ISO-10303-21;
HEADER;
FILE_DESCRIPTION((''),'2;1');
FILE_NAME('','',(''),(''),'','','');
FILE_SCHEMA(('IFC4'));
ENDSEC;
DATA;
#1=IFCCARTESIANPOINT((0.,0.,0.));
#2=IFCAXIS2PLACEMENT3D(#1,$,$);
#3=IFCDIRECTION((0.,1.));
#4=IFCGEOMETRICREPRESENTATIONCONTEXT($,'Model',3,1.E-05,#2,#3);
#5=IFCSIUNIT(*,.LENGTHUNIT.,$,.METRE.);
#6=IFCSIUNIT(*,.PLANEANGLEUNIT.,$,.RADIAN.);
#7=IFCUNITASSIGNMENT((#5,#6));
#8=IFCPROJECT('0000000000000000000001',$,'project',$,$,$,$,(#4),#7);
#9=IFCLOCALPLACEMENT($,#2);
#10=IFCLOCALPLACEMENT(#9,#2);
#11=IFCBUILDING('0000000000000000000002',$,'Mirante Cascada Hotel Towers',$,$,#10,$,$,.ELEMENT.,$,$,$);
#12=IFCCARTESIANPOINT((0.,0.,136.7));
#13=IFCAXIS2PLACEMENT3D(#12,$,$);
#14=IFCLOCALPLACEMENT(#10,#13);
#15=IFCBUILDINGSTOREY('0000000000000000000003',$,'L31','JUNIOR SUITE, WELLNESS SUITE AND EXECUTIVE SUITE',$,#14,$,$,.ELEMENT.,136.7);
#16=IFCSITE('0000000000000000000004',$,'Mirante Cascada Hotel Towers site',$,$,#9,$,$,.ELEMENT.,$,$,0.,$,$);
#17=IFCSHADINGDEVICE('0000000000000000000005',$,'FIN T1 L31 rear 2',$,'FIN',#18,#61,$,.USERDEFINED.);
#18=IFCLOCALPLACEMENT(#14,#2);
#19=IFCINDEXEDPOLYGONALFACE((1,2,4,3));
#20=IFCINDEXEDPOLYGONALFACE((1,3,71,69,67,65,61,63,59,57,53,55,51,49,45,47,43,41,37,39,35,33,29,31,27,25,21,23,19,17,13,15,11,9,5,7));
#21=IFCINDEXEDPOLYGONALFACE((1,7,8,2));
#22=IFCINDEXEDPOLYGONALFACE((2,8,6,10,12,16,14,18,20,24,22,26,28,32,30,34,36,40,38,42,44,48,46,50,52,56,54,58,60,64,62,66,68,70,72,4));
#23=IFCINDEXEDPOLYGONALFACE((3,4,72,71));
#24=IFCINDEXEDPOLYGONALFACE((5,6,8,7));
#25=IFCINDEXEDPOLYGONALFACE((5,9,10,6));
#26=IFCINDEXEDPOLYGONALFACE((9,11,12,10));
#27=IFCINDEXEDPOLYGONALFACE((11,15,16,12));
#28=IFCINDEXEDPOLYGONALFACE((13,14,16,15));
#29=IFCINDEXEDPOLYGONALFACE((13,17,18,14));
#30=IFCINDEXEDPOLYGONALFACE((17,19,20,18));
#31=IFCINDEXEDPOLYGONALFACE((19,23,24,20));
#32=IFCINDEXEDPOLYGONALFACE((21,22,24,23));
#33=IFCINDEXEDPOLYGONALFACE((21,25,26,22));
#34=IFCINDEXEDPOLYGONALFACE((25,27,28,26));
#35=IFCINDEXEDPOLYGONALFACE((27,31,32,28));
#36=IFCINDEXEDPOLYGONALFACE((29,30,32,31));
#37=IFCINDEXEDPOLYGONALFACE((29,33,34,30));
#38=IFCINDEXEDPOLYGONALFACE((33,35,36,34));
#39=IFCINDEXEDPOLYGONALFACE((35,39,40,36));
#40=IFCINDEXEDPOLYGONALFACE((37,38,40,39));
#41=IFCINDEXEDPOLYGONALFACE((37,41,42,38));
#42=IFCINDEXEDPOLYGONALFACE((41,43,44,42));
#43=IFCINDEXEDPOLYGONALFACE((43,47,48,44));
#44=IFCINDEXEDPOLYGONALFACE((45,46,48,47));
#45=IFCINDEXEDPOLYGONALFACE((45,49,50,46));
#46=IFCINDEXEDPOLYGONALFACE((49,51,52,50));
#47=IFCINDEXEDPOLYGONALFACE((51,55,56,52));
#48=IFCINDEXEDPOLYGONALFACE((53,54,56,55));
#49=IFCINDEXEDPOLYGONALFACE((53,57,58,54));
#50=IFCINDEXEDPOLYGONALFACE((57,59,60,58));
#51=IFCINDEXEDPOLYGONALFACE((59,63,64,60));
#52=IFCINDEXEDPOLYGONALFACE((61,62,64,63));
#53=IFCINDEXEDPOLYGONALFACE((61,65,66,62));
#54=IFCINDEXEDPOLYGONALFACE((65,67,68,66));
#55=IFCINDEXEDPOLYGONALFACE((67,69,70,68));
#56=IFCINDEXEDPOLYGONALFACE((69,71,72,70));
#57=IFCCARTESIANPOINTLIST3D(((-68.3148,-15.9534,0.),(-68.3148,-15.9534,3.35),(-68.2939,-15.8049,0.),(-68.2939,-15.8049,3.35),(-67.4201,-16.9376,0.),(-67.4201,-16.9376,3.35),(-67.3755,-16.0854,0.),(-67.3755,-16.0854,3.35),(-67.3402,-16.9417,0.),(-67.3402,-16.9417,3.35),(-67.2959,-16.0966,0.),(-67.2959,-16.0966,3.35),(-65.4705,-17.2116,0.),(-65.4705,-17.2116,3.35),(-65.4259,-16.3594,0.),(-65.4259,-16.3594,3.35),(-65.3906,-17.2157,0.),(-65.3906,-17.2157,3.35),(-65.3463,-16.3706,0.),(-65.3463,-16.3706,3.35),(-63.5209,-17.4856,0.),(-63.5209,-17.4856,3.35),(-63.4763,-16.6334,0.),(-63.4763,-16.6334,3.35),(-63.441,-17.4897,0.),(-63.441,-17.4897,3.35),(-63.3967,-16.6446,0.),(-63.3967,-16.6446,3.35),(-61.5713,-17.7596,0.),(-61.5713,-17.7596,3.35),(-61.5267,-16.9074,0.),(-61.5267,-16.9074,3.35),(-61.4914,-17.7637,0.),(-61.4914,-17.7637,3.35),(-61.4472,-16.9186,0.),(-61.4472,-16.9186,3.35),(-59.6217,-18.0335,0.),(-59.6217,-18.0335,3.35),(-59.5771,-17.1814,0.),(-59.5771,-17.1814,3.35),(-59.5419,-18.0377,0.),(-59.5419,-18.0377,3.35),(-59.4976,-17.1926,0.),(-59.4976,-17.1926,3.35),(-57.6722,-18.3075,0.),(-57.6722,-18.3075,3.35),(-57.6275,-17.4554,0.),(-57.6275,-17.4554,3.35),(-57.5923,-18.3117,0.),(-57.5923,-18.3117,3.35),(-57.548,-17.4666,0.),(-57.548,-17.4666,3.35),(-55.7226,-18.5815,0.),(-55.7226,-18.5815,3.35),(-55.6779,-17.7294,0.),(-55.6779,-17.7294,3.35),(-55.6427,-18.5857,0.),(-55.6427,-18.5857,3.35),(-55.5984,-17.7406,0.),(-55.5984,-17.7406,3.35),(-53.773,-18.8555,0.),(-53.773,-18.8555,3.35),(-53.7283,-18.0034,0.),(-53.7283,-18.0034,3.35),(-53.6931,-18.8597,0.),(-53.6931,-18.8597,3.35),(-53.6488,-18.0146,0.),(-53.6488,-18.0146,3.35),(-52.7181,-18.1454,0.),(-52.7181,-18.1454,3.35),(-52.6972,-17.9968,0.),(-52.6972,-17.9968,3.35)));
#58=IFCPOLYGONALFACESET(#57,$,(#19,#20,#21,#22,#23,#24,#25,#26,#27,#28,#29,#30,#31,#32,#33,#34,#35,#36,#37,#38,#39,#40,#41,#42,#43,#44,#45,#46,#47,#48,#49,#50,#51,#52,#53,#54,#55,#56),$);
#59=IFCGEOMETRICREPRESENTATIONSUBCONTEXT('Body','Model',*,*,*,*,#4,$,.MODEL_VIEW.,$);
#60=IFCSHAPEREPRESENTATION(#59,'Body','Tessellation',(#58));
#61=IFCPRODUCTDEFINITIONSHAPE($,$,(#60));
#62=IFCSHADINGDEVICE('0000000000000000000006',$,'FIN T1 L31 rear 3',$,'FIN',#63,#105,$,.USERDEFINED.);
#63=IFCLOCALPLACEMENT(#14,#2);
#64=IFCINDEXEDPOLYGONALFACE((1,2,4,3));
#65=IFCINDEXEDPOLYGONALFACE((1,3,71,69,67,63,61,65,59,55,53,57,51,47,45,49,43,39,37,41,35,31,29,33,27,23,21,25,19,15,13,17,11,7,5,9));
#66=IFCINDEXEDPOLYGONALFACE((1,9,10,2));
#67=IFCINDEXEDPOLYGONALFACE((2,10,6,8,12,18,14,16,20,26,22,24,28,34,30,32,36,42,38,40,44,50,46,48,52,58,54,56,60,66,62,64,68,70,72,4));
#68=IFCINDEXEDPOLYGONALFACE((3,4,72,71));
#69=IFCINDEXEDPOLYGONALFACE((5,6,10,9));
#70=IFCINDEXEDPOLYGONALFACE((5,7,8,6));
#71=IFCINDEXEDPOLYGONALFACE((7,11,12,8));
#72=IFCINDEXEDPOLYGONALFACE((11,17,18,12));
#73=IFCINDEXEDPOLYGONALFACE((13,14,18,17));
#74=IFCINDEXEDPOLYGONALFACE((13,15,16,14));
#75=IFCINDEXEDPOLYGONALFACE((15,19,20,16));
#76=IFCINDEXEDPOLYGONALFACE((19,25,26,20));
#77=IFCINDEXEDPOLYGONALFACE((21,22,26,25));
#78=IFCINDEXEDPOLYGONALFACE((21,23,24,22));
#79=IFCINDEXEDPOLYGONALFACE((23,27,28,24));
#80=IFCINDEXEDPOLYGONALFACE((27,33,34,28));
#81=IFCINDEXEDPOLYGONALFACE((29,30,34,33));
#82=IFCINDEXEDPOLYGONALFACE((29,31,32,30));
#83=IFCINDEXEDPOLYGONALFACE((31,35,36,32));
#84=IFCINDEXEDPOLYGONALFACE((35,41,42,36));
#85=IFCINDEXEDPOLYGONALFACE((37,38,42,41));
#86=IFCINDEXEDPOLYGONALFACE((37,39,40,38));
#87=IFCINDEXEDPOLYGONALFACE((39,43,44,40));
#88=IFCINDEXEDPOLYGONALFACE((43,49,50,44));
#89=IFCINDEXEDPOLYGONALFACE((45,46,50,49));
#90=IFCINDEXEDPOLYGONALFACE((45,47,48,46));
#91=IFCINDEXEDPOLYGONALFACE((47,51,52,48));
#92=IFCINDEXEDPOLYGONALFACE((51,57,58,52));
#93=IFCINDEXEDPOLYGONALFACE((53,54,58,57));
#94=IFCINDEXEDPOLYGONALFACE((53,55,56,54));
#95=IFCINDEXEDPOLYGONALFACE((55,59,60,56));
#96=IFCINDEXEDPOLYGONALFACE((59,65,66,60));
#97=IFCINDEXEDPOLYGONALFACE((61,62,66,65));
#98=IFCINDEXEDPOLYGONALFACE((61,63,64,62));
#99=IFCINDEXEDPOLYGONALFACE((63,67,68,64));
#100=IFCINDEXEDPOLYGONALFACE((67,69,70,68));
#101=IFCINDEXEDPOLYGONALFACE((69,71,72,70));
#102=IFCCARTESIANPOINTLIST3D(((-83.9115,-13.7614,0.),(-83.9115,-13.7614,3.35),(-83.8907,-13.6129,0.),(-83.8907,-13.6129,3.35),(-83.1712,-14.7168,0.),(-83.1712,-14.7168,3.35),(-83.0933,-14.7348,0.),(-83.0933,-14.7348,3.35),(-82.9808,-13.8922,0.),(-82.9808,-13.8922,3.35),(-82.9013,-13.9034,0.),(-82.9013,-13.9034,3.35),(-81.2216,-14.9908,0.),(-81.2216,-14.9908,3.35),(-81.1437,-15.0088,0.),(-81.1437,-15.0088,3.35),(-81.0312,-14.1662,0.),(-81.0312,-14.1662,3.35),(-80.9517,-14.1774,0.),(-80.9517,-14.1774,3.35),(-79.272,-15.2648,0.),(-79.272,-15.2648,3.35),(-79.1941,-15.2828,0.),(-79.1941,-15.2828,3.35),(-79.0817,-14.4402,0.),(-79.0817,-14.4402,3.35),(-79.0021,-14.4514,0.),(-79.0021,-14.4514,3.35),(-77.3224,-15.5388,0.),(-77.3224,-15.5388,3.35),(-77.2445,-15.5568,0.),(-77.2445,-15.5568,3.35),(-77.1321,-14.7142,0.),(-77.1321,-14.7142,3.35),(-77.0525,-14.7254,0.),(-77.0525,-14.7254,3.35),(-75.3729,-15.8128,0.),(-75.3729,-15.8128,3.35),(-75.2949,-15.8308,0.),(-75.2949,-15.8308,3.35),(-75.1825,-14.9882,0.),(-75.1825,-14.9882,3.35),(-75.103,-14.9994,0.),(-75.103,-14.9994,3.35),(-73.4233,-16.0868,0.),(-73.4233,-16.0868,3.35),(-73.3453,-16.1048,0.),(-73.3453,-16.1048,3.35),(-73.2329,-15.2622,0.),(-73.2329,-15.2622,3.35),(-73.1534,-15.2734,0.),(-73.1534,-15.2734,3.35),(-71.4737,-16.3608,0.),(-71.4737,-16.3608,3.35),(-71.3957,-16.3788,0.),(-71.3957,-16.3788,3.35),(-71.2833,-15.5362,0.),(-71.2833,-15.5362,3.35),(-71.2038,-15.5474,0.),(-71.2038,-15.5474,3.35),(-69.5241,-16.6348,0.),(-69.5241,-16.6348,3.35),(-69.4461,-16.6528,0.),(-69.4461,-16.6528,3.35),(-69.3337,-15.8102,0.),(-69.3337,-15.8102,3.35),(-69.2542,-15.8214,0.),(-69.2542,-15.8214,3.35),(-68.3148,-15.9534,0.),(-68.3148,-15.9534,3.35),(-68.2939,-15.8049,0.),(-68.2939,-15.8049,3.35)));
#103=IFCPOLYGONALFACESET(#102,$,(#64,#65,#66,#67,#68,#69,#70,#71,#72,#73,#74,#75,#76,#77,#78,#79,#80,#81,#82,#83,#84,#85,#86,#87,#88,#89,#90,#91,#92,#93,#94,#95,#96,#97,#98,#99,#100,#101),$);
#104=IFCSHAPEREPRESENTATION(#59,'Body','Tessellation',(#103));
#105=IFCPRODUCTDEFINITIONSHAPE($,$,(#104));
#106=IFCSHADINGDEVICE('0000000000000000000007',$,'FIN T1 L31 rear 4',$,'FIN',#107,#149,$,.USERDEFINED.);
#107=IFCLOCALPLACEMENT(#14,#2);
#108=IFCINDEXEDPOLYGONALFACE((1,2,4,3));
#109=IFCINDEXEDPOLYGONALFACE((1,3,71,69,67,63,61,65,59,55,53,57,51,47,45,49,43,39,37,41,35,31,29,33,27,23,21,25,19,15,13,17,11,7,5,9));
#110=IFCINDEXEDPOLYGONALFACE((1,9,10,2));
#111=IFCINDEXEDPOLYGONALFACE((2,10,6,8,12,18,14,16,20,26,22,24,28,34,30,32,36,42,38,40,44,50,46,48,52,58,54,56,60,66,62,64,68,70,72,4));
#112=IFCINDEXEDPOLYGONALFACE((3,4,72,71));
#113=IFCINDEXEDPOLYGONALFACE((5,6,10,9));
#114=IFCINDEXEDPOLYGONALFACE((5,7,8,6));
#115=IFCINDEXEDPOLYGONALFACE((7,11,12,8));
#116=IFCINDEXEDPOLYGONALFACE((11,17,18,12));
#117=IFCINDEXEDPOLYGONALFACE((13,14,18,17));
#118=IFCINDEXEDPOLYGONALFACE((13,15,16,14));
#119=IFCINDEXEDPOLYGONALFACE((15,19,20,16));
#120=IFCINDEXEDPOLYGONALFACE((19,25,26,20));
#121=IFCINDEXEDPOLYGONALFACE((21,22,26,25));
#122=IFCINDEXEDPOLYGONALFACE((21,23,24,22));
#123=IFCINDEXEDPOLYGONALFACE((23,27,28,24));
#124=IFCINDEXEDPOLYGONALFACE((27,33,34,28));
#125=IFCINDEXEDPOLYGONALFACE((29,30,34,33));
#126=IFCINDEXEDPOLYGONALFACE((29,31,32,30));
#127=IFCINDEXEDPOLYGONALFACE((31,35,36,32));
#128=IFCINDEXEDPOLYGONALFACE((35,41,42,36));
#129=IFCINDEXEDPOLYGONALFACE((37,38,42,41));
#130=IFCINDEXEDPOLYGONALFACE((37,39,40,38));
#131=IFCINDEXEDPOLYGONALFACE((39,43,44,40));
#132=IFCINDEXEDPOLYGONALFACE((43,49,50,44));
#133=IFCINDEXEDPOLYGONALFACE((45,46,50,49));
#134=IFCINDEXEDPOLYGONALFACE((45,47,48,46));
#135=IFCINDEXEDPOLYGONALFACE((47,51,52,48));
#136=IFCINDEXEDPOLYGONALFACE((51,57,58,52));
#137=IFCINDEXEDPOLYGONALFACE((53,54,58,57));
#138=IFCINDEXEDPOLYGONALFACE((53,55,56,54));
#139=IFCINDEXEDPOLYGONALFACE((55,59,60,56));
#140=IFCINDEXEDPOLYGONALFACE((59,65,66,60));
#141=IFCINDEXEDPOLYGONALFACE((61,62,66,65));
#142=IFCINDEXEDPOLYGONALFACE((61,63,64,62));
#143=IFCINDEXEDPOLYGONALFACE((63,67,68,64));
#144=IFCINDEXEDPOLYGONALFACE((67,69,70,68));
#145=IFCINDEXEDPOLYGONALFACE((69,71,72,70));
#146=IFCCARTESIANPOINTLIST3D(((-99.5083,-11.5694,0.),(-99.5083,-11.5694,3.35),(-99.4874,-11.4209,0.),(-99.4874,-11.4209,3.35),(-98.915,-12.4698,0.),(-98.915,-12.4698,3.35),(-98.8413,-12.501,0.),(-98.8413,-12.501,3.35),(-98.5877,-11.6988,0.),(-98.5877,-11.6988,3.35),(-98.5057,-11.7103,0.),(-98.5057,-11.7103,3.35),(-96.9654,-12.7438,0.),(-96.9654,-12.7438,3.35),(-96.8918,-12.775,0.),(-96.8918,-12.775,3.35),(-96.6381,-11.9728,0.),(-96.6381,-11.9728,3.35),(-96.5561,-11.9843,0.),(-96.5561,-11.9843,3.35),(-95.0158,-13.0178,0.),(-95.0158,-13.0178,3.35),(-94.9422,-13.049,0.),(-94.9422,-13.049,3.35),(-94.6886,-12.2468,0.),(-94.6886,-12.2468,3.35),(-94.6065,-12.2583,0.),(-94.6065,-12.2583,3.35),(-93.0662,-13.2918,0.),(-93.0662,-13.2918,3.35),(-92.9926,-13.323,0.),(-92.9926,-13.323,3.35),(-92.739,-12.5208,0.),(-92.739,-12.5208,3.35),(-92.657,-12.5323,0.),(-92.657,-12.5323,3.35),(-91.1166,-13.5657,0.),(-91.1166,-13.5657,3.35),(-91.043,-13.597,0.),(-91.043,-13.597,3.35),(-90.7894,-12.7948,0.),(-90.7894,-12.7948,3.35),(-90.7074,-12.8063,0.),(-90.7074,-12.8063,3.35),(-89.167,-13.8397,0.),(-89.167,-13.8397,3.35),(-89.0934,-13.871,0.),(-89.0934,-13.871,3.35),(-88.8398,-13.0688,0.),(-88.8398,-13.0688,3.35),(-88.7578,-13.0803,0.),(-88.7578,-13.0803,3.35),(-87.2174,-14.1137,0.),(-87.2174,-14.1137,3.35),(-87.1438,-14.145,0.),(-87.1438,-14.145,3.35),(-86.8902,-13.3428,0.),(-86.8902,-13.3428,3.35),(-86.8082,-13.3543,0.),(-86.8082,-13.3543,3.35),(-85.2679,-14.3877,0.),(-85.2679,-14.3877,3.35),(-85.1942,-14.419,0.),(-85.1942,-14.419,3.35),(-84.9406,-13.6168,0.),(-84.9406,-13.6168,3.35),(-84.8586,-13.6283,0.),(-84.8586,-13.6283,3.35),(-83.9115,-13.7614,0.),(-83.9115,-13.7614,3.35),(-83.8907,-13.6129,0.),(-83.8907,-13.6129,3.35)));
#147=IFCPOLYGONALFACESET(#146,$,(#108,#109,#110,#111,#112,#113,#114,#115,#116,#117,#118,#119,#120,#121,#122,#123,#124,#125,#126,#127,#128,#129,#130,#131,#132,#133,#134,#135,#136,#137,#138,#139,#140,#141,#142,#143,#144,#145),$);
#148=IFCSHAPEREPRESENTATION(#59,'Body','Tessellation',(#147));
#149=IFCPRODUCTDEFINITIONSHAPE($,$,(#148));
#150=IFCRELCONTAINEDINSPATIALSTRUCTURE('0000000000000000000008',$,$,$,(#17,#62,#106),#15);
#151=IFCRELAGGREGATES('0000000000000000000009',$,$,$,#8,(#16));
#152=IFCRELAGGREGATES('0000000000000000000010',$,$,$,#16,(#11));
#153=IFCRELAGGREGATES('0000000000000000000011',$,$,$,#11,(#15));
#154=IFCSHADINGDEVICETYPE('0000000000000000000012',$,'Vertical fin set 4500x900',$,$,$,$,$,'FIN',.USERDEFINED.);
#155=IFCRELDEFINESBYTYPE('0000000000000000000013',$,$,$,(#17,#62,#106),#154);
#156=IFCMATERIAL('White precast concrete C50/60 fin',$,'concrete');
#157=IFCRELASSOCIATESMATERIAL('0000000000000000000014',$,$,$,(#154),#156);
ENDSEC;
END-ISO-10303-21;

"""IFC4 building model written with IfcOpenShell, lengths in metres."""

from ifc_helpers import new_model, si_unit, direction, frame, origin, place, context, subcontext, project, spatial, polyline, outline, extrude, material, type_object, element, save


model = new_model("IFC4")

# Units and contexts
model_context = context("Model", 3, precision=1e-05, world=origin(), true_north=direction((0.0, 1.0)))
body_context = subcontext(model_context, "Body", "Model", "MODEL_VIEW")
ifc_project = project(units=[si_unit("LENGTHUNIT", "METRE"), si_unit("PLANEANGLEUNIT", "RADIAN")], contexts=[model_context])

# Site, building, storey
site_placement = place(None, origin())
site = spatial("IfcSite", under=ifc_project, at=site_placement, Name="Mirante Cascada Hotel Towers site", CompositionType="ELEMENT", RefElevation=0.0)
building_placement = place(site_placement, origin())
building = spatial("IfcBuilding", under=site, at=building_placement, Name="Mirante Cascada Hotel Towers", CompositionType="ELEMENT")
storey_placement = place(building_placement, frame((0.0, 0.0, 136.7)))
storey = spatial("IfcBuildingStorey", under=building, at=storey_placement, Name="L31", Description="JUNIOR SUITE, WELLNESS SUITE AND EXECUTIVE SUITE", CompositionType="ELEMENT", Elevation=136.7)

# Shading devices
ifc_material_1 = material(Name="White precast concrete C50/60 fin", Category="concrete")
shading_device_type = type_object("IfcShadingDeviceType", Name="Vertical fin set 4500x900", ElementType="FIN", PredefinedType="USERDEFINED", material=ifc_material_1)
shading_device_1_placement = place(storey_placement, origin())
element("IfcShadingDevice", 1, at=shading_device_1_placement, inside=storey, type_object=shading_device_type, Name="FIN T1 L31 rear 2", ObjectType="FIN", PredefinedType="USERDEFINED", context=body_context, shape_type="SweptSolid", body=[
    extrude(outline(polyline([(-53.7283, -18.0034), (-55.5984, -17.7406), (-55.6427, -18.5857), (-55.7226, -18.5815), (-55.6779, -17.7294), (-57.548, -17.4666), (-57.5923, -18.3117), (-57.6722, -18.3075), (-57.6275, -17.4554), (-59.4976, -17.1926), (-59.5419, -18.0377), (-59.6217, -18.0335), (-59.5771, -17.1814), (-61.4472, -16.9186), (-61.4914, -17.7637), (-61.5713, -17.7596), (-61.5267, -16.9074), (-63.3967, -16.6446), (-63.441, -17.4897), (-63.5209, -17.4856), (-63.4763, -16.6334), (-65.3463, -16.3706), (-65.3906, -17.2157), (-65.4705, -17.2116), (-65.4259, -16.3594), (-67.2959, -16.0966), (-67.3402, -16.9417), (-67.4201, -16.9376), (-67.3755, -16.0854), (-68.3148, -15.9534), (-68.2939, -15.8049), (-52.6972, -17.9968), (-52.7181, -18.1454), (-53.6488, -18.0146), (-53.6931, -18.8597), (-53.773, -18.8555), (-53.7283, -18.0034)])), origin(), (0.0, 0.0, 1.0), 3.35),
])
shading_device_2_placement = place(storey_placement, origin())
element("IfcShadingDevice", 2, at=shading_device_2_placement, inside=storey, type_object=shading_device_type, Name="FIN T1 L31 rear 3", ObjectType="FIN", PredefinedType="USERDEFINED", context=body_context, shape_type="SweptSolid", body=[
    extrude(outline(polyline([(-69.3337, -15.8102), (-71.2038, -15.5474), (-71.3957, -16.3788), (-71.4737, -16.3608), (-71.2833, -15.5362), (-73.1534, -15.2734), (-73.3453, -16.1048), (-73.4233, -16.0868), (-73.2329, -15.2622), (-75.103, -14.9994), (-75.2949, -15.8308), (-75.3729, -15.8128), (-75.1825, -14.9882), (-77.0525, -14.7254), (-77.2445, -15.5568), (-77.3224, -15.5388), (-77.1321, -14.7142), (-79.0021, -14.4514), (-79.1941, -15.2828), (-79.272, -15.2648), (-79.0817, -14.4402), (-80.9517, -14.1774), (-81.1437, -15.0088), (-81.2216, -14.9908), (-81.0312, -14.1662), (-82.9013, -13.9034), (-83.0933, -14.7348), (-83.1712, -14.7168), (-82.9808, -13.8922), (-83.9115, -13.7614), (-83.8907, -13.6129), (-68.2939, -15.8049), (-68.3148, -15.9534), (-69.2542, -15.8214), (-69.4461, -16.6528), (-69.5241, -16.6348), (-69.3337, -15.8102)])), origin(), (0.0, 0.0, 1.0), 3.35),
])
shading_device_3_placement = place(storey_placement, origin())
element("IfcShadingDevice", 3, at=shading_device_3_placement, inside=storey, type_object=shading_device_type, Name="FIN T1 L31 rear 4", ObjectType="FIN", PredefinedType="USERDEFINED", context=body_context, shape_type="SweptSolid", body=[
    extrude(outline(polyline([(-84.9406, -13.6168), (-86.8082, -13.3543), (-87.1438, -14.145), (-87.2174, -14.1137), (-86.8902, -13.3428), (-88.7578, -13.0803), (-89.0934, -13.871), (-89.167, -13.8397), (-88.8398, -13.0688), (-90.7074, -12.8063), (-91.043, -13.597), (-91.1166, -13.5657), (-90.7894, -12.7948), (-92.657, -12.5323), (-92.9926, -13.323), (-93.0662, -13.2918), (-92.739, -12.5208), (-94.6065, -12.2583), (-94.9422, -13.049), (-95.0158, -13.0178), (-94.6886, -12.2468), (-96.5561, -11.9843), (-96.8918, -12.775), (-96.9654, -12.7438), (-96.6381, -11.9728), (-98.5057, -11.7103), (-98.8413, -12.501), (-98.915, -12.4698), (-98.5877, -11.6988), (-99.5083, -11.5694), (-99.4874, -11.4209), (-83.8907, -13.6129), (-83.9115, -13.7614), (-84.8586, -13.6283), (-85.1942, -14.419), (-85.2679, -14.3877), (-84.9406, -13.6168)])), origin(), (0.0, 0.0, 1.0), 3.35),
])

save(model, "model.ifc")
